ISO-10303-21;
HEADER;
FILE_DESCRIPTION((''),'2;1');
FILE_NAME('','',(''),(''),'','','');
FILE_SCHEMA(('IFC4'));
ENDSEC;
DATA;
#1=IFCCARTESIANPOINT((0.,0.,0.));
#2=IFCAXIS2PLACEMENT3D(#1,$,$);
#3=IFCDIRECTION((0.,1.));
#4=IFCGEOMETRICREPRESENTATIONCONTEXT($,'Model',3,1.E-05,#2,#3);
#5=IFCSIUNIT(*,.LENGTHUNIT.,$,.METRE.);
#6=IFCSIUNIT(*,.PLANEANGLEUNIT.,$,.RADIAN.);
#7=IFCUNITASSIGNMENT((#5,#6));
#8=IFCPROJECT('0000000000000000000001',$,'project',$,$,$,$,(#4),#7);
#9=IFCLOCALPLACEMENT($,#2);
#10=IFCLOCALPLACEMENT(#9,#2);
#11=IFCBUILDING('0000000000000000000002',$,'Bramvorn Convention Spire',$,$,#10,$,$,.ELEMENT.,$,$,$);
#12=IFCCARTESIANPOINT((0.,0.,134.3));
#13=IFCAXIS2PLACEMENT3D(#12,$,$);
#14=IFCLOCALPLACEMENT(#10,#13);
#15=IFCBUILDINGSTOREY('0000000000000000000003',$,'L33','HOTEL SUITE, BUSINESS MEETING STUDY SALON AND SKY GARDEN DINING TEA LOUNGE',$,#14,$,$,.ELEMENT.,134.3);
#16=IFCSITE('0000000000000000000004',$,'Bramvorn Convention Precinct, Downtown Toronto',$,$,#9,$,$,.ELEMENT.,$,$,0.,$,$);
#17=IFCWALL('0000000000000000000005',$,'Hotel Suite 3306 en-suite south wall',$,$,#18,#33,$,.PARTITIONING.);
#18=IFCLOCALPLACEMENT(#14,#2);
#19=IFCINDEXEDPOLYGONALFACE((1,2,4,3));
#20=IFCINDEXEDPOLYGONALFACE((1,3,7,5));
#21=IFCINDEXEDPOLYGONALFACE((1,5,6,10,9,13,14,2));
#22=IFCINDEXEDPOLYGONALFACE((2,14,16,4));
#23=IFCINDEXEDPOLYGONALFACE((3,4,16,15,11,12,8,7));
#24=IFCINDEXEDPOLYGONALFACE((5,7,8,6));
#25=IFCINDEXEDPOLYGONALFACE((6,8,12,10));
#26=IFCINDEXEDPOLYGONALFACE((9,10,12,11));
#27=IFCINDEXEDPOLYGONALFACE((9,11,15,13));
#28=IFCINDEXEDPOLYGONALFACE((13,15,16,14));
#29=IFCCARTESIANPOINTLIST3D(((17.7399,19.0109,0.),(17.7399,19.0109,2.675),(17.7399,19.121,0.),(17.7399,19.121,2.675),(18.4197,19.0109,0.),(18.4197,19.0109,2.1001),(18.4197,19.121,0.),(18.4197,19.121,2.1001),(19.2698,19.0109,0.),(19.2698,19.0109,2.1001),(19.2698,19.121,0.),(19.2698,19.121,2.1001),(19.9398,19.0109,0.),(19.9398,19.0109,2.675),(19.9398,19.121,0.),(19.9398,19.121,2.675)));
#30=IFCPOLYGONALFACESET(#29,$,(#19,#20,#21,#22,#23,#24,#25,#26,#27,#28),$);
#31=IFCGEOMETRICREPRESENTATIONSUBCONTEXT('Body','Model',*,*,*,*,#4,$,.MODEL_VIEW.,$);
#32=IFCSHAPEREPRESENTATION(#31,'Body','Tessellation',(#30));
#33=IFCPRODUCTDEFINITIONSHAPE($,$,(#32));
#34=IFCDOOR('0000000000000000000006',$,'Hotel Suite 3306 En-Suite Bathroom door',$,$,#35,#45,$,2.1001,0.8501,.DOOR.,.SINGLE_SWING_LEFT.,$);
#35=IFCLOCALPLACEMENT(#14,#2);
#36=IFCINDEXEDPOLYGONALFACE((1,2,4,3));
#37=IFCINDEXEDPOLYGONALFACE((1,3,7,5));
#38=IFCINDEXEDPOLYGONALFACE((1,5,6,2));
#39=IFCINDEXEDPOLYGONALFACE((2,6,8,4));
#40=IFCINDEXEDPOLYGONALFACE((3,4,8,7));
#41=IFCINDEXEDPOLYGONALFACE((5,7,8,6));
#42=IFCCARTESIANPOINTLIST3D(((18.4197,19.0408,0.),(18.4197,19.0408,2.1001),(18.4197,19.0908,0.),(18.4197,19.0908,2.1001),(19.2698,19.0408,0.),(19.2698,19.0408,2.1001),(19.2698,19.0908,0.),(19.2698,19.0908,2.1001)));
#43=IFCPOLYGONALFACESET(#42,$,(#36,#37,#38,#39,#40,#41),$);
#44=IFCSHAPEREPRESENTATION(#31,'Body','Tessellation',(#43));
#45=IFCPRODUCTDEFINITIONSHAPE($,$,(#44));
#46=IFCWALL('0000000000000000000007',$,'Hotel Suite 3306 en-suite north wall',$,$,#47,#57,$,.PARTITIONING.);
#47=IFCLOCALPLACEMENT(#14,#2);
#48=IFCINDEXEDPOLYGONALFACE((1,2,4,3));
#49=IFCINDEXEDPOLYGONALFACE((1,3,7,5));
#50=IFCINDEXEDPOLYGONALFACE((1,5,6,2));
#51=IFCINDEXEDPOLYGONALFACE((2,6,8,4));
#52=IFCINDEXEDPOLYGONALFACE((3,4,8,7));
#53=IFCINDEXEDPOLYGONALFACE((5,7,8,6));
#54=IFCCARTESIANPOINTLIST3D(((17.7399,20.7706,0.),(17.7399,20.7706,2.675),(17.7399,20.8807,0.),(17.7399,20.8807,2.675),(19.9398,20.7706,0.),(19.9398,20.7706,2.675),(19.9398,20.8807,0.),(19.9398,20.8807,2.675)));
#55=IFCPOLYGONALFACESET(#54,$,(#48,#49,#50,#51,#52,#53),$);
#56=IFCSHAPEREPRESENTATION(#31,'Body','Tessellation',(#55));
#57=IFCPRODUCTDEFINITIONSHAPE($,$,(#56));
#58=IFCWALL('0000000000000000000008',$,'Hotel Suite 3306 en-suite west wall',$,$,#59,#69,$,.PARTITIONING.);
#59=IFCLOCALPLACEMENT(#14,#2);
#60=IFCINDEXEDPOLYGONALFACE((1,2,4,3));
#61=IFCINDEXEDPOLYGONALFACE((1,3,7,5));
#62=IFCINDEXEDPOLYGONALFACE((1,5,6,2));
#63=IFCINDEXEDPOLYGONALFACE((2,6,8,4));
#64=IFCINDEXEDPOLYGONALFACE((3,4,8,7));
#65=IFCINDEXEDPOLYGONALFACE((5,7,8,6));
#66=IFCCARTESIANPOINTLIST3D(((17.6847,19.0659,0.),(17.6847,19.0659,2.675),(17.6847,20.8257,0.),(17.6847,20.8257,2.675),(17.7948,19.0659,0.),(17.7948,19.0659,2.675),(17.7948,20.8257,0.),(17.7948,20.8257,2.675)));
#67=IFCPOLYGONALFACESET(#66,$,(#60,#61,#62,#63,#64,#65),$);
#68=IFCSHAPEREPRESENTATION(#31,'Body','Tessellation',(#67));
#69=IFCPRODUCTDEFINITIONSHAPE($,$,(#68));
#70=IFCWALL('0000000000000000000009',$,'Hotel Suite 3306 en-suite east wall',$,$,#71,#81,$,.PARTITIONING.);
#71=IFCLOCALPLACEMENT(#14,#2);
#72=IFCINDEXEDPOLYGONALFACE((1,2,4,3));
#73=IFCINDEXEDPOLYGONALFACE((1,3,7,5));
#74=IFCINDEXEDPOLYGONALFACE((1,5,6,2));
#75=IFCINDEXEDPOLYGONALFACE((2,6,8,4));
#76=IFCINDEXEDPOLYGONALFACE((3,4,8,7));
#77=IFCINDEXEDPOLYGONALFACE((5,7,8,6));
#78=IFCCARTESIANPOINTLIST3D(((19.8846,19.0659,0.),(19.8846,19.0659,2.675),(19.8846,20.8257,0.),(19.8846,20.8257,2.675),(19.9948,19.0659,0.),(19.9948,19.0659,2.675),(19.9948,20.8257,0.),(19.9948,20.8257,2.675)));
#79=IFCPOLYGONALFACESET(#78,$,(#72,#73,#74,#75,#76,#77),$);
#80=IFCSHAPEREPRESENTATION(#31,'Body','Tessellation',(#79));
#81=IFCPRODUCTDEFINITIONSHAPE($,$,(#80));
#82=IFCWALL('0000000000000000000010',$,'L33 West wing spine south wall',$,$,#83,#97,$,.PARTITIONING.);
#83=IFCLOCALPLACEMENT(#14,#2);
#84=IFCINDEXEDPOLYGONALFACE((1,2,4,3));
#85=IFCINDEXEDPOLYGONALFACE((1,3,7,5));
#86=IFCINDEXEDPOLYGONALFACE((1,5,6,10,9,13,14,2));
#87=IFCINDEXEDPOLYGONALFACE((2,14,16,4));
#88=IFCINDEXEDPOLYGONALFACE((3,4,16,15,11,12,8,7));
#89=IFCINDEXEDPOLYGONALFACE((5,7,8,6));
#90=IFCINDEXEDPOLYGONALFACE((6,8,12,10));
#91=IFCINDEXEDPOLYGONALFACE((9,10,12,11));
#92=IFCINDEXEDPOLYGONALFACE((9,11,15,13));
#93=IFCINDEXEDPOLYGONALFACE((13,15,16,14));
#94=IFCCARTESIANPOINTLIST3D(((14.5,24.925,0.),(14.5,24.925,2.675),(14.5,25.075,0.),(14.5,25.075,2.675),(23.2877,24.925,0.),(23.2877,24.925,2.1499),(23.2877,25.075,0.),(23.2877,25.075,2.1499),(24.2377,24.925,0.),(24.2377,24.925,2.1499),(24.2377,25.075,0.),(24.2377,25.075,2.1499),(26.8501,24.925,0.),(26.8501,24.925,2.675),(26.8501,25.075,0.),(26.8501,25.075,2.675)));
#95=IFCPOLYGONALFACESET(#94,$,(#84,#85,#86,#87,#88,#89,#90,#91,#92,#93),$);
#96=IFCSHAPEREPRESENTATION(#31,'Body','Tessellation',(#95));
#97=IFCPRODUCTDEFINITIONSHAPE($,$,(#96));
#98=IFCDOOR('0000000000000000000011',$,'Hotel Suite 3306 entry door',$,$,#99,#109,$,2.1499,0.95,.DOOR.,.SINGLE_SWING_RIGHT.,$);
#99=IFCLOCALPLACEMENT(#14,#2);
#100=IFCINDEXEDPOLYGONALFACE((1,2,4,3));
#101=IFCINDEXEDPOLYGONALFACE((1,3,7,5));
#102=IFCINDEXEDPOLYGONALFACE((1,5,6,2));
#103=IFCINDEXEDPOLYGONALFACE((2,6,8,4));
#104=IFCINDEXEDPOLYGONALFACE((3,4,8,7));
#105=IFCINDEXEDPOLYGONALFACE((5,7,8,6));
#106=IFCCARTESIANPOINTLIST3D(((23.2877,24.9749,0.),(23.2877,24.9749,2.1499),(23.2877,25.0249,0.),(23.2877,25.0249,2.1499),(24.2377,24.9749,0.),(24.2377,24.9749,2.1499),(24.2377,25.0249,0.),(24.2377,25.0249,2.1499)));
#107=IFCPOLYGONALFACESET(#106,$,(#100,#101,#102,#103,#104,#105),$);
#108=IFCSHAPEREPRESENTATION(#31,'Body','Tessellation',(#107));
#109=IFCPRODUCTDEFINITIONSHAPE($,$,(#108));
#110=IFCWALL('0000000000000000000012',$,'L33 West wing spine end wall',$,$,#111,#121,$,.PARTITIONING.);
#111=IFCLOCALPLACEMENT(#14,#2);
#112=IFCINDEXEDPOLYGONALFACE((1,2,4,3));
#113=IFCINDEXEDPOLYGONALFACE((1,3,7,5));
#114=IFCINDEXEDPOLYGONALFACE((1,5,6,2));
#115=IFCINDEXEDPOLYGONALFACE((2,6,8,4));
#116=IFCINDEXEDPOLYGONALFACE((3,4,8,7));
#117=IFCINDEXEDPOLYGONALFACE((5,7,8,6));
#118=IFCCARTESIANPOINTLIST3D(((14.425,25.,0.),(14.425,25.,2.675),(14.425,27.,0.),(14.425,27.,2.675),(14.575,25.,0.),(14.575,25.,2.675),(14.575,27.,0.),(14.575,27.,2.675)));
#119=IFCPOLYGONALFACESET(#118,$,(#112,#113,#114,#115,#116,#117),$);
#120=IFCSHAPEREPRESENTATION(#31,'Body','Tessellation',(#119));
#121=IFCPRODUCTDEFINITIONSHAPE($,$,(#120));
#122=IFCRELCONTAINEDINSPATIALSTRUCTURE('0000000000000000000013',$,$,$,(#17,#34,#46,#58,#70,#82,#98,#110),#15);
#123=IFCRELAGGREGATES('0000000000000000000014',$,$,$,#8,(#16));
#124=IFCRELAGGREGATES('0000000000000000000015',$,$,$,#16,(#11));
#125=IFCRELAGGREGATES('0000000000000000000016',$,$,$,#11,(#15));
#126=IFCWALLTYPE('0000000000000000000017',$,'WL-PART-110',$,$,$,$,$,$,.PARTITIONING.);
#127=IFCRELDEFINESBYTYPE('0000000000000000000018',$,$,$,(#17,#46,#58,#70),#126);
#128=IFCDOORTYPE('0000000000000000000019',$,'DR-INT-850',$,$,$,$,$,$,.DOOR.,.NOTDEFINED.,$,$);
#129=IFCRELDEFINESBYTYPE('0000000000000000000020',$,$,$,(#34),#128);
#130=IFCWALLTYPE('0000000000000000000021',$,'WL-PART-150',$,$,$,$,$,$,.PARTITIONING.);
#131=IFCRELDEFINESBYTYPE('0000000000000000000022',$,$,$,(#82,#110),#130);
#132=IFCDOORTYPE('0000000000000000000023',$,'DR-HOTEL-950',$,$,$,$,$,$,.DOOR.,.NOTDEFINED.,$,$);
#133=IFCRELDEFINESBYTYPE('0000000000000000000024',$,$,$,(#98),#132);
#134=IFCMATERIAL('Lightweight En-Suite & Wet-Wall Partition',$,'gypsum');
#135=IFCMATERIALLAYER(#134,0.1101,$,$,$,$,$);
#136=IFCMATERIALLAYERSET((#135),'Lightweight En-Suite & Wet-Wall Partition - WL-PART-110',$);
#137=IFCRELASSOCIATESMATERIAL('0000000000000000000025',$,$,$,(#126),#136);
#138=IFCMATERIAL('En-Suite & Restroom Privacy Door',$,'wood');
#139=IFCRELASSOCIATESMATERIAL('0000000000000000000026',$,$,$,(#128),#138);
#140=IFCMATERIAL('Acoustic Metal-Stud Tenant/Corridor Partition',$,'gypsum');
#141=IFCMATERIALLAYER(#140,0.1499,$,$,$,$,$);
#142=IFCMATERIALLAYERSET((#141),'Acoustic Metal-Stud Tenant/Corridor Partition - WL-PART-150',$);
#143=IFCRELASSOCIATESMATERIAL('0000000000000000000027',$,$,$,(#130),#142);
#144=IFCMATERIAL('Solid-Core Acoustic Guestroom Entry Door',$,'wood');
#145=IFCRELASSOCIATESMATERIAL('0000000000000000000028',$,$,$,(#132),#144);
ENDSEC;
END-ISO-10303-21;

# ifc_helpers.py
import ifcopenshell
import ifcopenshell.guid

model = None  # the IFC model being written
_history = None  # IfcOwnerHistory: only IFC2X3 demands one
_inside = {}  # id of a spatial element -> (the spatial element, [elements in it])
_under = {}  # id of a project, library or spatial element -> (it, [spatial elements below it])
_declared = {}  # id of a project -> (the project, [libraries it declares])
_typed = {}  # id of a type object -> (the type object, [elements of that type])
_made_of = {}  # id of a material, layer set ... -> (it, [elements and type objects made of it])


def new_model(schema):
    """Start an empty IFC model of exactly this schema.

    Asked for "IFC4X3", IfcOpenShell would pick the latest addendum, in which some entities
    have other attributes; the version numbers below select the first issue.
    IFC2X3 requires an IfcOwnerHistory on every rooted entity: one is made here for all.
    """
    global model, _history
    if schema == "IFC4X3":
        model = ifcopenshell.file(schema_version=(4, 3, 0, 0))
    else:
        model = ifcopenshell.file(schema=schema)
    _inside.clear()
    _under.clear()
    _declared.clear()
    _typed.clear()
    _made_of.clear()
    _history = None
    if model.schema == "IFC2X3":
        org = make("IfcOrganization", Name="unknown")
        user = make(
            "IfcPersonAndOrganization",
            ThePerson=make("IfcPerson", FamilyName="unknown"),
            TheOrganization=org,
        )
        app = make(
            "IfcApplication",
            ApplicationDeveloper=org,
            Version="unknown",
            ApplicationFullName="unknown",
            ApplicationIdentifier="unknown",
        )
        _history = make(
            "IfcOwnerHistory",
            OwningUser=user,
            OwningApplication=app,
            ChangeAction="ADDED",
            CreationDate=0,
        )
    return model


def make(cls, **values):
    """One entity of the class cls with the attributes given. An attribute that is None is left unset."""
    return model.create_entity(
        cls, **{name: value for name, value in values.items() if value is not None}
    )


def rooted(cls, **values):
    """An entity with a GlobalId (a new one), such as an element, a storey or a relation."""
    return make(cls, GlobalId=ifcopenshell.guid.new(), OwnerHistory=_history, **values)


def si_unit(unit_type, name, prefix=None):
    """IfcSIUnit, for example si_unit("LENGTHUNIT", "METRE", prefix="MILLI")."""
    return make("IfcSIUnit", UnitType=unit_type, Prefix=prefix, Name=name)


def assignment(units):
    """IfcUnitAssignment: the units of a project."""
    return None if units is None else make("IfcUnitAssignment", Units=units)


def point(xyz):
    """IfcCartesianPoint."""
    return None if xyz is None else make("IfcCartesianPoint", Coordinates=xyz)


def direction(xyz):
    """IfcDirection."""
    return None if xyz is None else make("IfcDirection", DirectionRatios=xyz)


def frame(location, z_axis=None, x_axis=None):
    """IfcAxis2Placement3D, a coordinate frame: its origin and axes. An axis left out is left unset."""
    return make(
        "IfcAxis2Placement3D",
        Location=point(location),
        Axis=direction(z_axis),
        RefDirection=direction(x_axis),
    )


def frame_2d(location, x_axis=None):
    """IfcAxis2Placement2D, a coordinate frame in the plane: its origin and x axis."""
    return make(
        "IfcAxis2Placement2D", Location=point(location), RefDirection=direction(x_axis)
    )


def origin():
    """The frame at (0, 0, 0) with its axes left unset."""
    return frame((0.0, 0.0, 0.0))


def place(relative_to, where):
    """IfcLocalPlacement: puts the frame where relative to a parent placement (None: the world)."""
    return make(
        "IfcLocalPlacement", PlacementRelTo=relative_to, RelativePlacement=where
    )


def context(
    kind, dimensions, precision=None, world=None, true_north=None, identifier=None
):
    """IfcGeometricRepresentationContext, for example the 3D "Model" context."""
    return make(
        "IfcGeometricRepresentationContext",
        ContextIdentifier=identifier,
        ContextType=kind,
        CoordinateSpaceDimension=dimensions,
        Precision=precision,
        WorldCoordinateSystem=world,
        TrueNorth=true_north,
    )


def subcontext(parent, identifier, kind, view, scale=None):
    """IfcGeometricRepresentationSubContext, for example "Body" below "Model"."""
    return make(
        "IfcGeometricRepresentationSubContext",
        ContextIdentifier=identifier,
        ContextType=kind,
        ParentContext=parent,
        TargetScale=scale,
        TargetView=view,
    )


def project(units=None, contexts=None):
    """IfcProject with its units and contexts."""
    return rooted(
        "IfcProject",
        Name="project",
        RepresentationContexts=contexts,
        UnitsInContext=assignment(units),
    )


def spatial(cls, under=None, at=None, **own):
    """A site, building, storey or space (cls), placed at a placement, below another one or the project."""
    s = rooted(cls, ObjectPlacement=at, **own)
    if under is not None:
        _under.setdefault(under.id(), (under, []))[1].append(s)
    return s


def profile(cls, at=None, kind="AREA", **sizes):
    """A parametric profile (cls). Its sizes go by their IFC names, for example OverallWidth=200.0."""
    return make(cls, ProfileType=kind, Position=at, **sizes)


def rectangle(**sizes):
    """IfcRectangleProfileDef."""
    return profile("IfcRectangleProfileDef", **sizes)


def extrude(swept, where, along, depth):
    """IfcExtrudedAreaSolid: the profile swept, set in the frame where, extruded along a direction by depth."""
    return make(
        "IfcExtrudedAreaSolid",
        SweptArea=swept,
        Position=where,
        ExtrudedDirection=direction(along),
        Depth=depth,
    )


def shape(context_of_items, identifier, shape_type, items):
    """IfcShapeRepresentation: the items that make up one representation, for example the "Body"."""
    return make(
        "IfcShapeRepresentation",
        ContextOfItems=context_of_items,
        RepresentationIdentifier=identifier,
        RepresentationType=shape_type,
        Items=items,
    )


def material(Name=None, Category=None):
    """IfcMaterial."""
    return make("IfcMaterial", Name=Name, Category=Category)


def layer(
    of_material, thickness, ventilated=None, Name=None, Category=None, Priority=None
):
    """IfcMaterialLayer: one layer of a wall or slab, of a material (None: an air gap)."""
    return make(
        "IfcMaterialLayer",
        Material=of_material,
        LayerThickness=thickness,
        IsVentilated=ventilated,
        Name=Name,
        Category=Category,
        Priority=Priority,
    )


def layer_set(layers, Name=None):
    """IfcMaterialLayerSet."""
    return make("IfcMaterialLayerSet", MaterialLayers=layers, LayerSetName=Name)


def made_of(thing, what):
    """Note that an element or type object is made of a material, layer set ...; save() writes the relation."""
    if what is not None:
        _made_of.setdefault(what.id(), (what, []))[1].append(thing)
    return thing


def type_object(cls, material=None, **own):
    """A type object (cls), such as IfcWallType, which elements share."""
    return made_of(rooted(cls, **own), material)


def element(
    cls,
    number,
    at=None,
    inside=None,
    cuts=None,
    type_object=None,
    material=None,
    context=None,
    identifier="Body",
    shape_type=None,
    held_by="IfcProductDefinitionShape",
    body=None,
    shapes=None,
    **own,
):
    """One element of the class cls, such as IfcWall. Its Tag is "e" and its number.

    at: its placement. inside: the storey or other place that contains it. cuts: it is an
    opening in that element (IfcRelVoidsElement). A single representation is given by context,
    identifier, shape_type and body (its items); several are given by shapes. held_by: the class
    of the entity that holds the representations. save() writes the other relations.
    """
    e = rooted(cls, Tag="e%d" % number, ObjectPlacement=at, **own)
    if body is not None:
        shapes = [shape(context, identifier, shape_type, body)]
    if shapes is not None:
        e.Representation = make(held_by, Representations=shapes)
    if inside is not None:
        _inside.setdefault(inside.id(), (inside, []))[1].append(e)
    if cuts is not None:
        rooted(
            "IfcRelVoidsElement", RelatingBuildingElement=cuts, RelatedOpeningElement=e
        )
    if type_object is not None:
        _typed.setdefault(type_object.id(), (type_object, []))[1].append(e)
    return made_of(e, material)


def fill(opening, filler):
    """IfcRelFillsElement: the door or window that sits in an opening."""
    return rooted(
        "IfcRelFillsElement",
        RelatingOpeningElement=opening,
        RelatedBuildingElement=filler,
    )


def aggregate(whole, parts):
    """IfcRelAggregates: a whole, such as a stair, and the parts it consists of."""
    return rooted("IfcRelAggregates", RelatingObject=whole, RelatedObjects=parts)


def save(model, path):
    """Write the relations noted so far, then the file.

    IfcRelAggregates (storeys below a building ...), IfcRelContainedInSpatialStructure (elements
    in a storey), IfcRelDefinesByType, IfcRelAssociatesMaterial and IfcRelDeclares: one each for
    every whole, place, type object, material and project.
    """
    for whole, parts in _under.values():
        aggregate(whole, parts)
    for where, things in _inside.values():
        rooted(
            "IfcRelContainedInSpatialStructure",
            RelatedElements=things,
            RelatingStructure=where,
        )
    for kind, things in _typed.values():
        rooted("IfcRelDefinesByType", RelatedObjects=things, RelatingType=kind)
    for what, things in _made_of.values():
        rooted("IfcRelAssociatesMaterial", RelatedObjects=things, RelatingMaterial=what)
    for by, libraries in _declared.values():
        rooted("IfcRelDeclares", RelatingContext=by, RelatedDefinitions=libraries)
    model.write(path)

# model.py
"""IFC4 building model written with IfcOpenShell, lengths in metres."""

from ifc_helpers import new_model, si_unit, direction, frame, frame_2d, origin, place, context, subcontext, project, spatial, rectangle, extrude, material, layer, layer_set, type_object, element, fill, save


model = new_model("IFC4")

# Units and contexts
model_context = context("Model", 3, precision=1e-05, world=origin(), true_north=direction((0.0, 1.0)))
body_context = subcontext(model_context, "Body", "Model", "MODEL_VIEW")
ifc_project = project(units=[si_unit("LENGTHUNIT", "METRE"), si_unit("PLANEANGLEUNIT", "RADIAN")], contexts=[model_context])

# Site, building, storey
site_placement = place(None, origin())
site = spatial("IfcSite", under=ifc_project, at=site_placement, Name="Bramvorn Convention Precinct, Downtown Toronto", CompositionType="ELEMENT", RefElevation=0.0)
building_placement = place(site_placement, origin())
building = spatial("IfcBuilding", under=site, at=building_placement, Name="Bramvorn Convention Spire", CompositionType="ELEMENT")
storey_placement = place(building_placement, frame((0.0, 0.0, 134.3)))
storey = spatial("IfcBuildingStorey", under=building, at=storey_placement, Name="L33", Description="HOTEL SUITE, BUSINESS MEETING STUDY SALON AND SKY GARDEN DINING TEA LOUNGE", CompositionType="ELEMENT", Elevation=134.3)

# Wall, opening, door
ifc_material_1 = material(Name="Lightweight En-Suite & Wet-Wall Partition", Category="gypsum")
ifc_layer_1 = layer(ifc_material_1, 0.1101)
ifc_layer_set_1 = layer_set([ifc_layer_1], Name="Lightweight En-Suite & Wet-Wall Partition - WL-PART-110")
wall_type_1 = type_object("IfcWallType", Name="WL-PART-110", PredefinedType="PARTITIONING", material=ifc_layer_set_1)
wall_1_placement = place(storey_placement, frame((17.7397, 19.0659, 0.0), z_axis=(0.0, 0.0, 1.0), x_axis=(1.0, 0.0, 0.0)))
wall_1 = element("IfcWall", 1, at=wall_1_placement, inside=storey, type_object=wall_type_1, Name="Hotel Suite 3306 en-suite south wall", PredefinedType="PARTITIONING", context=body_context, shape_type="SweptSolid", body=[
    extrude(rectangle(XDim=2.2, YDim=0.1101, at=frame_2d((1.1001, 0.0))), origin(), (0.0, 0.0, 1.0), 2.675),
])
opening_1_placement = place(wall_1_placement, frame((0.6799, 0.0, 0.0)))
opening_1 = element("IfcOpeningElement", 2, at=opening_1_placement, cuts=wall_1, PredefinedType="OPENING", context=body_context, shape_type="SweptSolid", body=[
    extrude(rectangle(XDim=0.8501, YDim=2.1001, at=frame_2d((0.425, 1.05))), frame((0.0, 0.0649, 0.0), z_axis=(0.0, -1.0, 0.0), x_axis=(1.0, 0.0, 0.0)), (0.0, 0.0, 1.0), 0.1301),
])
ifc_material_2 = material(Name="En-Suite & Restroom Privacy Door", Category="wood")
door_type_1 = type_object("IfcDoorType", Name="DR-INT-850", OperationType="NOTDEFINED", PredefinedType="DOOR", material=ifc_material_2)
door_1_placement = place(opening_1_placement, origin())
door_1 = element("IfcDoor", 3, at=door_1_placement, inside=storey, type_object=door_type_1, Name="Hotel Suite 3306 En-Suite Bathroom door", OperationType="SINGLE_SWING_LEFT", OverallHeight=2.1001, OverallWidth=0.8501, PredefinedType="DOOR", context=body_context, shape_type="SweptSolid", body=[
    extrude(rectangle(XDim=0.8501, YDim=2.1001, at=frame_2d((0.425, 1.05))), frame((0.0, 0.0249, 0.0), z_axis=(0.0, -1.0, 0.0), x_axis=(1.0, 0.0, 0.0)), (0.0, 0.0, 1.0), 0.05),
])
fill(opening_1, door_1)

# Walls
wall_2_placement = place(storey_placement, frame((17.7397, 20.8257, 0.0), z_axis=(0.0, 0.0, 1.0), x_axis=(1.0, 0.0, 0.0)))
element("IfcWall", 4, at=wall_2_placement, inside=storey, type_object=wall_type_1, Name="Hotel Suite 3306 en-suite north wall", PredefinedType="PARTITIONING", context=body_context, shape_type="SweptSolid", body=[
    extrude(rectangle(XDim=2.2, YDim=0.1101, at=frame_2d((1.1001, 0.0))), origin(), (0.0, 0.0, 1.0), 2.675),
])
for number, where, z_axis, x_axis, name in (
    (5, (17.7397, 19.0659, 0.0), (0.0, 0.0, 1.0), (0.0, 1.0, 0.0), "Hotel Suite 3306 en-suite west wall"),
    (6, (19.9397, 19.0659, 0.0), (0.0, 0.0, 1.0), (0.0, 1.0, 0.0), "Hotel Suite 3306 en-suite east wall"),
):
    element("IfcWall", number, at=place(storey_placement, frame(where, z_axis=z_axis, x_axis=x_axis)), inside=storey, type_object=wall_type_1, Name=name, PredefinedType="PARTITIONING", context=body_context, shape_type="SweptSolid", body=[
        extrude(rectangle(XDim=1.7598, YDim=0.1101, at=frame_2d((0.8799, 0.0))), origin(), (0.0, 0.0, 1.0), 2.675),
    ])

# Wall, opening, door
ifc_material_3 = material(Name="Acoustic Metal-Stud Tenant/Corridor Partition", Category="gypsum")
ifc_layer_2 = layer(ifc_material_3, 0.1499)
ifc_layer_set_2 = layer_set([ifc_layer_2], Name="Acoustic Metal-Stud Tenant/Corridor Partition - WL-PART-150")
wall_type_2 = type_object("IfcWallType", Name="WL-PART-150", PredefinedType="PARTITIONING", material=ifc_layer_set_2)
wall_3_placement = place(storey_placement, frame((14.5, 25.0, 0.0), z_axis=(0.0, 0.0, 1.0), x_axis=(1.0, 0.0, 0.0)))
wall_3 = element("IfcWall", 7, at=wall_3_placement, inside=storey, type_object=wall_type_2, Name="L33 West wing spine south wall", PredefinedType="PARTITIONING", context=body_context, shape_type="SweptSolid", body=[
    extrude(rectangle(XDim=12.3501, YDim=0.1499, at=frame_2d((6.175, 0.0))), origin(), (0.0, 0.0, 1.0), 2.675),
])
opening_2_placement = place(wall_3_placement, frame((8.7876, 0.0, 0.0)))
opening_2 = element("IfcOpeningElement", 8, at=opening_2_placement, cuts=wall_3, PredefinedType="OPENING", context=body_context, shape_type="SweptSolid", body=[
    extrude(rectangle(XDim=0.95, YDim=2.1499, at=frame_2d((0.4751, 1.075))), frame((0.0, 0.085, 0.0), z_axis=(0.0, -1.0, 0.0), x_axis=(1.0, 0.0, 0.0)), (0.0, 0.0, 1.0), 0.1699),
])
ifc_material_4 = material(Name="Solid-Core Acoustic Guestroom Entry Door", Category="wood")
door_type_2 = type_object("IfcDoorType", Name="DR-HOTEL-950", OperationType="NOTDEFINED", PredefinedType="DOOR", material=ifc_material_4)
door_2_placement = place(opening_2_placement, origin())
door_2 = element("IfcDoor", 9, at=door_2_placement, inside=storey, type_object=door_type_2, Name="Hotel Suite 3306 entry door", OperationType="SINGLE_SWING_RIGHT", OverallHeight=2.1499, OverallWidth=0.95, PredefinedType="DOOR", context=body_context, shape_type="SweptSolid", body=[
    extrude(rectangle(XDim=0.95, YDim=2.1499, at=frame_2d((0.4751, 1.075))), frame((0.0, 0.0249, 0.0), z_axis=(0.0, -1.0, 0.0), x_axis=(1.0, 0.0, 0.0)), (0.0, 0.0, 1.0), 0.05),
])
fill(opening_2, door_2)

# Wall
wall_4_placement = place(storey_placement, frame((14.5, 25.0, 0.0), z_axis=(0.0, 0.0, 1.0), x_axis=(0.0, 1.0, 0.0)))
element("IfcWall", 10, at=wall_4_placement, inside=storey, type_object=wall_type_2, Name="L33 West wing spine end wall", PredefinedType="PARTITIONING", context=body_context, shape_type="SweptSolid", body=[
    extrude(rectangle(XDim=2.0, YDim=0.1499, at=frame_2d((1.0, 0.0))), origin(), (0.0, 0.0, 1.0), 2.675),
])

save(model, "model.ifc")
